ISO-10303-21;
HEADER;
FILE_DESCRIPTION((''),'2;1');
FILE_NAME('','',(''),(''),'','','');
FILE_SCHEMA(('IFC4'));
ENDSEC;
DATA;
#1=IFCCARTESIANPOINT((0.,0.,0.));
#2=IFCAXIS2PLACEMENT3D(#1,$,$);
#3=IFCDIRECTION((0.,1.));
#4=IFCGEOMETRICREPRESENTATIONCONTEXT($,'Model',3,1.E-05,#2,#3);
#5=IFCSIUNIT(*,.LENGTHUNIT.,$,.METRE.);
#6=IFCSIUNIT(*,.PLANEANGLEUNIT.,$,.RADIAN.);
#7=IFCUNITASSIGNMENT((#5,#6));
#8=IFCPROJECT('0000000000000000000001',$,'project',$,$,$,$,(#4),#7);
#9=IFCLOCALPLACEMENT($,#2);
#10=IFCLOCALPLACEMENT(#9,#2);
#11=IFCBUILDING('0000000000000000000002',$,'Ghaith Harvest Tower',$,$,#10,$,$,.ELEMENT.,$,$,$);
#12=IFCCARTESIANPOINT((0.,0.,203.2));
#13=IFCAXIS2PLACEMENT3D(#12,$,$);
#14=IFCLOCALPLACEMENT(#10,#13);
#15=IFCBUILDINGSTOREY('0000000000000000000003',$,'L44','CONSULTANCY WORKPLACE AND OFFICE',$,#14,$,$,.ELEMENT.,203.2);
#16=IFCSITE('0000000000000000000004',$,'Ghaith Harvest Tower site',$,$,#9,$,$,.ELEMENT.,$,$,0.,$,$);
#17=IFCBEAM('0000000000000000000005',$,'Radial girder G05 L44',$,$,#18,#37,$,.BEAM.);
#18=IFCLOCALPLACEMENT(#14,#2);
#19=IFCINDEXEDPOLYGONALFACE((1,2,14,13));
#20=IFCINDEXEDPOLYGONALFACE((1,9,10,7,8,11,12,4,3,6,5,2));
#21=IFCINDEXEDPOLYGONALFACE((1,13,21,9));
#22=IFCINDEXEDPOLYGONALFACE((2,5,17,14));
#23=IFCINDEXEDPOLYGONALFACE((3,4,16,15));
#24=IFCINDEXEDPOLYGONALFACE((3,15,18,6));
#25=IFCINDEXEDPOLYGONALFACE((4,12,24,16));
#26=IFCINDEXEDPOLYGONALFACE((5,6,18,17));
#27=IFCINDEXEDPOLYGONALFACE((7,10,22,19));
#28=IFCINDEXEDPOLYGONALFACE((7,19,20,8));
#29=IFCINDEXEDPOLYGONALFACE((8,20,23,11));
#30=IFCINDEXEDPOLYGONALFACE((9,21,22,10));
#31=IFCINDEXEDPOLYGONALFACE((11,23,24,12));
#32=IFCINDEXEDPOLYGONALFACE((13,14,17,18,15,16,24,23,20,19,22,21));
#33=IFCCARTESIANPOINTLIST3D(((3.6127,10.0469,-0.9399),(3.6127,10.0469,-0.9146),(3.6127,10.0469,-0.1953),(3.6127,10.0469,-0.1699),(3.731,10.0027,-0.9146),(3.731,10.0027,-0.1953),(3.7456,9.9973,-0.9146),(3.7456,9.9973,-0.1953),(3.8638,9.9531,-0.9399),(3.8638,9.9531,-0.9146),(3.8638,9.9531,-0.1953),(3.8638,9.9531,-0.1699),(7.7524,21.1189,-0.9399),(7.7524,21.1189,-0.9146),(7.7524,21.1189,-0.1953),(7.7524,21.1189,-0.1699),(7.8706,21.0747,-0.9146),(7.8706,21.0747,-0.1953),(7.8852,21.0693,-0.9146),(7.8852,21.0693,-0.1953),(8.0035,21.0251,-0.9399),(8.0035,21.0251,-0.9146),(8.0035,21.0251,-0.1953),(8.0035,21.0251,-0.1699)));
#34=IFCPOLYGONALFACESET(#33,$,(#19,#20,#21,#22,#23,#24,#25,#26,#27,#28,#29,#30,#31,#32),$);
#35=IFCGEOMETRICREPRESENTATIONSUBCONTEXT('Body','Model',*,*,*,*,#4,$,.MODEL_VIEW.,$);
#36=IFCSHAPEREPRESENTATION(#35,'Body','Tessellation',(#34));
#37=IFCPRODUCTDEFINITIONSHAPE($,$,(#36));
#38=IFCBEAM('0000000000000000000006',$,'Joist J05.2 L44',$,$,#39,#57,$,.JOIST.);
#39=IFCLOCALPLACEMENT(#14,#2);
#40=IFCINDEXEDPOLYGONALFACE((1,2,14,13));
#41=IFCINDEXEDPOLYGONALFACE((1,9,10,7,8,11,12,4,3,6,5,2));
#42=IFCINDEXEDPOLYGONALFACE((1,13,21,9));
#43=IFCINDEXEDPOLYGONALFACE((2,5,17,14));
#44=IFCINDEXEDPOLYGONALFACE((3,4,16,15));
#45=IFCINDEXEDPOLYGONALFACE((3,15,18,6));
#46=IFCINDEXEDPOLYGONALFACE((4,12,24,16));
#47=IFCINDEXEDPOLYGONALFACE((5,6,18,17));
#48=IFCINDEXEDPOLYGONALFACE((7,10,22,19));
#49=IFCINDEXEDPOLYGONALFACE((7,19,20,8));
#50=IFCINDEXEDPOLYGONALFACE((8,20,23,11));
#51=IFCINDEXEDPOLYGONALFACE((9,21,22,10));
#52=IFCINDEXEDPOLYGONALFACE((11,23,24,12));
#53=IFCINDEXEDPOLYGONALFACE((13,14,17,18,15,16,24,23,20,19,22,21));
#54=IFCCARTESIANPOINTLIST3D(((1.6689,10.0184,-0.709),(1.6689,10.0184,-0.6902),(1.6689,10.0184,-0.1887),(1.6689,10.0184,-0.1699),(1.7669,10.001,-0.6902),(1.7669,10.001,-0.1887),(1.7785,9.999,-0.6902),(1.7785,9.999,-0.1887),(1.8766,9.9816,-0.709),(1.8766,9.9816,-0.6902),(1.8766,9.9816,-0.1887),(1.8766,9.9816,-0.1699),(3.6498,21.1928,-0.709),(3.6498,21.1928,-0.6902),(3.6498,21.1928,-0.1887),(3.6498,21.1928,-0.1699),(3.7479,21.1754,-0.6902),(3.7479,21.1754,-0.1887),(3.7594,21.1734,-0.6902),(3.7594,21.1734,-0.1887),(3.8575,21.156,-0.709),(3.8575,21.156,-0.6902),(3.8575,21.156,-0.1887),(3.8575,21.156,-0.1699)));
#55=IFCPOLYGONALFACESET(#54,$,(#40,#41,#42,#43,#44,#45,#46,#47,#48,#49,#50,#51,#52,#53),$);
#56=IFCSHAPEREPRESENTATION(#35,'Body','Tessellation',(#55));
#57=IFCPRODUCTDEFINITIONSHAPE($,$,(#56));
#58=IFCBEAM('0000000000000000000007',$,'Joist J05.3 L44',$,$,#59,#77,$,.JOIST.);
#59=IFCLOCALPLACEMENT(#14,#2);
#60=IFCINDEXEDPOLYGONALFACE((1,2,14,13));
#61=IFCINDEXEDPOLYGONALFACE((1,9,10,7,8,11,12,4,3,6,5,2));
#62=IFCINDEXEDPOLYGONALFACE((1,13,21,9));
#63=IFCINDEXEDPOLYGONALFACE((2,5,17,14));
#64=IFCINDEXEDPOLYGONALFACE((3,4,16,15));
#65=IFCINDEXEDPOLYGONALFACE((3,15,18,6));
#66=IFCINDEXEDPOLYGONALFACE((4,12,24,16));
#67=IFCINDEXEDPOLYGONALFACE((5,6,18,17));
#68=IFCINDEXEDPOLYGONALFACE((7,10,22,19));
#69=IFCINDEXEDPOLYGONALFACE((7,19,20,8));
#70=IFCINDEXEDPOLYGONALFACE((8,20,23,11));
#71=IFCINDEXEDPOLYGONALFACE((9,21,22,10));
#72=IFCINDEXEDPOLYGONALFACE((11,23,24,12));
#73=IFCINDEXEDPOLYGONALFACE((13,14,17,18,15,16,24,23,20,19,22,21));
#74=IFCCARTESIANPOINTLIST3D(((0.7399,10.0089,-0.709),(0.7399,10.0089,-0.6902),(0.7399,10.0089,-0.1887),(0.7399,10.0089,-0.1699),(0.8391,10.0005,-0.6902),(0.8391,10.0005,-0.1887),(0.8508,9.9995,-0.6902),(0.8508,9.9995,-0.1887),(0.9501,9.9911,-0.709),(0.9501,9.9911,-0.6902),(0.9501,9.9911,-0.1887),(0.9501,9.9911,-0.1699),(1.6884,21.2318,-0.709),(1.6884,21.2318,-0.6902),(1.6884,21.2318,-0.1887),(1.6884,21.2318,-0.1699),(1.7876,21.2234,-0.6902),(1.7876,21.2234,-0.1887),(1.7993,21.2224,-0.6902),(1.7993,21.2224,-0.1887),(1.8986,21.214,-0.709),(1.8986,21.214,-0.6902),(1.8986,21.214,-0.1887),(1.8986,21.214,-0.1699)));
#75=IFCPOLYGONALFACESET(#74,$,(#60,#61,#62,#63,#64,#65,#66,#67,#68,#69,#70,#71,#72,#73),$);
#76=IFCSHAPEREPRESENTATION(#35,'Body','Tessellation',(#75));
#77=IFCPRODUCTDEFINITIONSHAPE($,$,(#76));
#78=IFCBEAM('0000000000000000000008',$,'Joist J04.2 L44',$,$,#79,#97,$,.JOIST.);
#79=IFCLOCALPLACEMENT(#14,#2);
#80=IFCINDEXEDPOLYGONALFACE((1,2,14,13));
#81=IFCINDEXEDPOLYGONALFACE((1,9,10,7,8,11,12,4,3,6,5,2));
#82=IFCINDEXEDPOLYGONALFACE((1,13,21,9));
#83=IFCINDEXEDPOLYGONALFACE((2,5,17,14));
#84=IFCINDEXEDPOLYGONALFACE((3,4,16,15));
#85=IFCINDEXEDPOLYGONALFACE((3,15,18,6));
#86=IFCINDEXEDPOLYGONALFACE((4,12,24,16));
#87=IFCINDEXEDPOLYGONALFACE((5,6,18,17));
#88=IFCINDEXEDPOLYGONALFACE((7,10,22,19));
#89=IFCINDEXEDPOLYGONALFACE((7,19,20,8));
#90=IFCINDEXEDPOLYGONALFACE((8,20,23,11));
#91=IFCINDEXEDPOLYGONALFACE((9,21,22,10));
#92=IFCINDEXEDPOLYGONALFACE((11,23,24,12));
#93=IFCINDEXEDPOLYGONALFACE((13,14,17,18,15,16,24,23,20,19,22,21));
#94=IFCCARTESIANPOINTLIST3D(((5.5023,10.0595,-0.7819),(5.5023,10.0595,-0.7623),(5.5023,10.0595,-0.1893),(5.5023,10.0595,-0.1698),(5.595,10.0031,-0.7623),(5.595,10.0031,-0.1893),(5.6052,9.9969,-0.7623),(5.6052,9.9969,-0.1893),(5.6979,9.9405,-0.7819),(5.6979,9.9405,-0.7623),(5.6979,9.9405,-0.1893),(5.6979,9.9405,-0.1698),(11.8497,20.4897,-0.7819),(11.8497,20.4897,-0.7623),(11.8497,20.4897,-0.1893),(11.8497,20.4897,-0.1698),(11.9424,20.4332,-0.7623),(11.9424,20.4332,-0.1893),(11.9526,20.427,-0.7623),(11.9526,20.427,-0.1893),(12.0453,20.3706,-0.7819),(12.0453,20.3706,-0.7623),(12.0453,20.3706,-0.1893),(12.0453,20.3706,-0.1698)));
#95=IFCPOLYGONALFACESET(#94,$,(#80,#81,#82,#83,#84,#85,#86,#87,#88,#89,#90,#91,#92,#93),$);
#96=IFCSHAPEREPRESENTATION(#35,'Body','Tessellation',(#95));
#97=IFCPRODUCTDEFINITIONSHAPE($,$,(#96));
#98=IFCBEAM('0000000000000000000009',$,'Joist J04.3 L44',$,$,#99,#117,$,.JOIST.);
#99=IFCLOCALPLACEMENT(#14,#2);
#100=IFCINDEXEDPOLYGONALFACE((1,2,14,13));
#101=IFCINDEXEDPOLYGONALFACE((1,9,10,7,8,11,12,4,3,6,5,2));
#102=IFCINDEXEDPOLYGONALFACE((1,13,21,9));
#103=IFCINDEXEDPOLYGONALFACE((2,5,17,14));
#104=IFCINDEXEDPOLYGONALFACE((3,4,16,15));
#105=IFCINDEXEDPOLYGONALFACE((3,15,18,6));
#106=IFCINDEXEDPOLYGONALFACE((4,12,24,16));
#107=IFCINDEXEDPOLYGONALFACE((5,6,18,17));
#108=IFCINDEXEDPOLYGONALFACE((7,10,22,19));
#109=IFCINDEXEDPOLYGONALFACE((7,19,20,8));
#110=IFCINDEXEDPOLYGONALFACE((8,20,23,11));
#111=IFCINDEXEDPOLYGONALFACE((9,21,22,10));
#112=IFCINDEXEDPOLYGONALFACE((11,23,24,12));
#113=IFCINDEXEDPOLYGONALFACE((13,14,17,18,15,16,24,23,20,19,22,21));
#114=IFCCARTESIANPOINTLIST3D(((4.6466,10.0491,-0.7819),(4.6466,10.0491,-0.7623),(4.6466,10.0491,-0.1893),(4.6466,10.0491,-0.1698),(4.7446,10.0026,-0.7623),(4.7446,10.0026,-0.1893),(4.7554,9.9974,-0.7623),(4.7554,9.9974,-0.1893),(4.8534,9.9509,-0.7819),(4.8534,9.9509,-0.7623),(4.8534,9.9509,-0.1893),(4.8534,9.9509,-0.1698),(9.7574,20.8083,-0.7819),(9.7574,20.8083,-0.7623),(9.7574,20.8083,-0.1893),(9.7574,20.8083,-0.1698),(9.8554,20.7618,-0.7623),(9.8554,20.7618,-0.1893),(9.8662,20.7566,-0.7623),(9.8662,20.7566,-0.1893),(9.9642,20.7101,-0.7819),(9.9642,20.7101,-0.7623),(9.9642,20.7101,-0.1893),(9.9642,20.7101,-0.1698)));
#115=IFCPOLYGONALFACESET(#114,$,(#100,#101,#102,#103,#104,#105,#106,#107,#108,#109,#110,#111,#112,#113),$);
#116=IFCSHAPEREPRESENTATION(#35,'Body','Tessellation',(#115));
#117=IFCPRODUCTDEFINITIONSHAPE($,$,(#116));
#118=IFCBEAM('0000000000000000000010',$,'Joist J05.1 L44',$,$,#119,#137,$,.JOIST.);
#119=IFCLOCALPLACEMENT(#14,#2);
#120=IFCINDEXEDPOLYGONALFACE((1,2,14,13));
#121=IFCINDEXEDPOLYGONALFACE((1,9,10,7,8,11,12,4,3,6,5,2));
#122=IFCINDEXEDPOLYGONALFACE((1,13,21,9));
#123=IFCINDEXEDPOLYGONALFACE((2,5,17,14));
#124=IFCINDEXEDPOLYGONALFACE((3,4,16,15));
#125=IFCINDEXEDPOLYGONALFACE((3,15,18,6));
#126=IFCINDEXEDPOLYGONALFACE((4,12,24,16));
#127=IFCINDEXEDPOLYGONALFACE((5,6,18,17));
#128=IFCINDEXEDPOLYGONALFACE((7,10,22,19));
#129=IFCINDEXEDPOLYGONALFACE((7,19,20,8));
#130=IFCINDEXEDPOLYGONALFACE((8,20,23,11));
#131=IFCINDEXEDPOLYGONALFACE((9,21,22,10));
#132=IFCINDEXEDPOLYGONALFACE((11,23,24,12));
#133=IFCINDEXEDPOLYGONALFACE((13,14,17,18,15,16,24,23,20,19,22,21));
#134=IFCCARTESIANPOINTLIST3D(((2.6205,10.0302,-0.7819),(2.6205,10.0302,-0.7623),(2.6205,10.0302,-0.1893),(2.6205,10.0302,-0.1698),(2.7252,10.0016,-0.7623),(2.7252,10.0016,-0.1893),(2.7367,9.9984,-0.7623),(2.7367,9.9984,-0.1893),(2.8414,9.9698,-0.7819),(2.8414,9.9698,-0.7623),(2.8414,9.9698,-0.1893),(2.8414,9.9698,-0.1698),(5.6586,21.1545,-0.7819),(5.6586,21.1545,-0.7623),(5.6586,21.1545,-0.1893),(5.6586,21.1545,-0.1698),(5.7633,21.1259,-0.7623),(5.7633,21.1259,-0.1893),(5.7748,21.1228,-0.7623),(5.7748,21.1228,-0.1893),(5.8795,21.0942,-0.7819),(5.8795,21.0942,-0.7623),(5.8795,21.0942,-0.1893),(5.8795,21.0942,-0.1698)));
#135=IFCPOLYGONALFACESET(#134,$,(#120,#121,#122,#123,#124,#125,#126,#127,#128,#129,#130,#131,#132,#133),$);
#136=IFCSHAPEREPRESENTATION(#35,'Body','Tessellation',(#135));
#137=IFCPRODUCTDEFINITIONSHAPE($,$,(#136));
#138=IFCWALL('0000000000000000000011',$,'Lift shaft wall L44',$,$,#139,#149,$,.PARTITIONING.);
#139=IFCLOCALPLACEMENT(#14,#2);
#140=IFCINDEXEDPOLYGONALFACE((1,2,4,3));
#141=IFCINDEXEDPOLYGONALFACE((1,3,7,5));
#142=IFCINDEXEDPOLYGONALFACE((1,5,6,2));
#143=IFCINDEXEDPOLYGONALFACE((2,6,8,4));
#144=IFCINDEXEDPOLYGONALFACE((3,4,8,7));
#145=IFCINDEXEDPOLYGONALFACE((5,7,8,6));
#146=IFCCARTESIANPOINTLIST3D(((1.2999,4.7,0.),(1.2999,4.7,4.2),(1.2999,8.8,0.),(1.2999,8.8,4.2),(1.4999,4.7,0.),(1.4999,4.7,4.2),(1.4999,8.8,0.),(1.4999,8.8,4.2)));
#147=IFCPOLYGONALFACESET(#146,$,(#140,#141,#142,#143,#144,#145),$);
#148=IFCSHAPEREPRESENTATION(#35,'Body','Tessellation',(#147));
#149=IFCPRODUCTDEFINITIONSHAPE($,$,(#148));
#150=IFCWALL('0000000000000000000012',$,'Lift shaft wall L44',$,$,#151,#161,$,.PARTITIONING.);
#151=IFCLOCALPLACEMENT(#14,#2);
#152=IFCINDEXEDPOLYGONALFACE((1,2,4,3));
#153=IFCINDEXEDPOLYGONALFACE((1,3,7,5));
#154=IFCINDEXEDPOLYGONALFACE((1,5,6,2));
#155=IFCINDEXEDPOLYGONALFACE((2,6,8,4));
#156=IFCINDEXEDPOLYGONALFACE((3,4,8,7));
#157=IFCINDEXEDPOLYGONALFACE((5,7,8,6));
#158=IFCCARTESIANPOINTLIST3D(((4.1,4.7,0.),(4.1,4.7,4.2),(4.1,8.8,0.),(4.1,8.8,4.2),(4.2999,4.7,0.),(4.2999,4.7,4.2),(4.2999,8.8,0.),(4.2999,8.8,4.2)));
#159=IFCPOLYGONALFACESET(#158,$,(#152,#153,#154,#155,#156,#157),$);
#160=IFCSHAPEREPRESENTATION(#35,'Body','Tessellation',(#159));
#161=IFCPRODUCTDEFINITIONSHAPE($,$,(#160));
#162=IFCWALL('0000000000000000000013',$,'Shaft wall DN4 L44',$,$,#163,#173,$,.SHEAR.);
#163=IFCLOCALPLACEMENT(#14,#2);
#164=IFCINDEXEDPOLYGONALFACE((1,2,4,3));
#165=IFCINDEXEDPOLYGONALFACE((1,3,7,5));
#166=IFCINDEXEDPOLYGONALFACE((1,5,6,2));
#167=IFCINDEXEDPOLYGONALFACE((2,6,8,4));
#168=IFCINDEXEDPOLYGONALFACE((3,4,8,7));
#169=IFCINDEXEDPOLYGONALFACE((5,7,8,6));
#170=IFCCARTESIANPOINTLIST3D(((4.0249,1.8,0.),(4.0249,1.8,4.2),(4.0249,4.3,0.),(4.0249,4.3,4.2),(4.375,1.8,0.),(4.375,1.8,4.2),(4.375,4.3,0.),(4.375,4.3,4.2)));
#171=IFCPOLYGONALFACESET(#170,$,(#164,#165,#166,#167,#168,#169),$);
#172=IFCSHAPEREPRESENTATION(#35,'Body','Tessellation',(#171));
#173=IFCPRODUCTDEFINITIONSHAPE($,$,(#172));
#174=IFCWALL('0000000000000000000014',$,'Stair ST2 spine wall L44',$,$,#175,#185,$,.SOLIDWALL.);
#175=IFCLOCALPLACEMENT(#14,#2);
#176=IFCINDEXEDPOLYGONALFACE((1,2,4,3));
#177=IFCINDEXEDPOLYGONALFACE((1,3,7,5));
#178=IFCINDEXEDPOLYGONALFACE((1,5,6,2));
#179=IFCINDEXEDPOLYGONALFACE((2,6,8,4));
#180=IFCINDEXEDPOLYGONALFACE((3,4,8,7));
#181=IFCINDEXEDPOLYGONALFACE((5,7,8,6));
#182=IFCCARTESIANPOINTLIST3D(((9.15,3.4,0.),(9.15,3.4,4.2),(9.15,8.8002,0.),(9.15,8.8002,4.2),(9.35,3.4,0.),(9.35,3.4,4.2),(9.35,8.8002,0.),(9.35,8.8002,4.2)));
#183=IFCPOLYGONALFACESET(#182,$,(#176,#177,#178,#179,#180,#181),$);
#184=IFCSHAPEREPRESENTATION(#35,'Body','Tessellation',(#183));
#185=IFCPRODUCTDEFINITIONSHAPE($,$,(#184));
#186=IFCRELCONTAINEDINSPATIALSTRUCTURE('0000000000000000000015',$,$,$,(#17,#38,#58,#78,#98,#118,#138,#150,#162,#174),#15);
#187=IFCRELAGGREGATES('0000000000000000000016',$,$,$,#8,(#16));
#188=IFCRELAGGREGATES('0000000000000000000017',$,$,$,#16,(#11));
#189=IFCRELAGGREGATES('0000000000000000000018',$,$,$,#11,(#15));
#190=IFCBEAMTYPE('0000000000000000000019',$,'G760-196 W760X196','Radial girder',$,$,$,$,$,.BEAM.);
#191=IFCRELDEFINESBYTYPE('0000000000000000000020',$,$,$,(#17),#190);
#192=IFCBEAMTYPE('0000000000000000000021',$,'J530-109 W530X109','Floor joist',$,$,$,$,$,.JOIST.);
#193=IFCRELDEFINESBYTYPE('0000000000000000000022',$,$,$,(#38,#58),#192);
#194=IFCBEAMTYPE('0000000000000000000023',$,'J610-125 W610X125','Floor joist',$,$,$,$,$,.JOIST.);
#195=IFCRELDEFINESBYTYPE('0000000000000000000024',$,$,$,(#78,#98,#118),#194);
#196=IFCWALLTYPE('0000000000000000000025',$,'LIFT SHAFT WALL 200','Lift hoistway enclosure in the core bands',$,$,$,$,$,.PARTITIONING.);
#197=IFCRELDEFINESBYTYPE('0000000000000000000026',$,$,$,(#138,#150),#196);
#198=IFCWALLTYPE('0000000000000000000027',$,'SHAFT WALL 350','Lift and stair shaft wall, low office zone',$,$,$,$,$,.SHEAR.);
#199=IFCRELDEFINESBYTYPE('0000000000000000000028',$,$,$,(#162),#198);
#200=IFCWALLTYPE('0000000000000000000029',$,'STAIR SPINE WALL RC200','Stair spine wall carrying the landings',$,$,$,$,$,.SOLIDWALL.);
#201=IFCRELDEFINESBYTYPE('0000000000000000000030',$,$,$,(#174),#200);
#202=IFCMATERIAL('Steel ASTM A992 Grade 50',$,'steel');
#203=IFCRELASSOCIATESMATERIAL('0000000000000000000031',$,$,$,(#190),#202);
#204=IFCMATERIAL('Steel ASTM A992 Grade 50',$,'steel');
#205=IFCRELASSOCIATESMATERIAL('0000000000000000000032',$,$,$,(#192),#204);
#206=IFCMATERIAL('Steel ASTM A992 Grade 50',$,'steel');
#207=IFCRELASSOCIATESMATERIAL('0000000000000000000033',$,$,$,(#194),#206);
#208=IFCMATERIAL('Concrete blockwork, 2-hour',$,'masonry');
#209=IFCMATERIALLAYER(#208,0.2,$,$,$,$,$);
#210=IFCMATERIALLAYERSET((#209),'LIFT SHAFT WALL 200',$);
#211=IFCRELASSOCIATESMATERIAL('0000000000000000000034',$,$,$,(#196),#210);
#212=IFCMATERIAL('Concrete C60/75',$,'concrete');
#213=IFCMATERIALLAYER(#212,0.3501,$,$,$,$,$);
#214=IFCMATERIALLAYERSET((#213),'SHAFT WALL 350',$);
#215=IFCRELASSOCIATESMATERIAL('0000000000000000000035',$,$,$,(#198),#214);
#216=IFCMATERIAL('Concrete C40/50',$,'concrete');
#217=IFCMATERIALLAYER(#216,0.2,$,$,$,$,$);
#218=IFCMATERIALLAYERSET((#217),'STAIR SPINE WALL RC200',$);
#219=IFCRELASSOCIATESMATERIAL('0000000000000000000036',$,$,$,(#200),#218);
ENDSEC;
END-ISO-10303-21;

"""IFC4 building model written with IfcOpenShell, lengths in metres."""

from ifc_helpers import new_model, si_unit, direction, frame, frame_2d, origin, origin_2d, place, context, subcontext, project, spatial, rectangle, i_section, extrude, material, layer, layer_set, material_profile, profile_set, type_object, element, save


model = new_model("IFC4")

# Units and contexts
model_context = context("Model", 3, precision=1e-05, world=origin(), true_north=direction((0.0, 1.0)))
body_context = subcontext(model_context, "Body", "Model", "MODEL_VIEW")
ifc_project = project(units=[si_unit("LENGTHUNIT", "METRE"), si_unit("PLANEANGLEUNIT", "RADIAN")], contexts=[model_context])

# Site, building, storey
site_placement = place(None, origin())
site = spatial("IfcSite", under=ifc_project, at=site_placement, Name="Ghaith Harvest Tower site", CompositionType="ELEMENT", RefElevation=0.0)
building_placement = place(site_placement, origin())
building = spatial("IfcBuilding", under=site, at=building_placement, Name="Ghaith Harvest Tower", CompositionType="ELEMENT")
storey_placement = place(building_placement, frame((0.0, 0.0, 203.2)))
storey = spatial("IfcBuildingStorey", under=building, at=storey_placement, Name="L44", Description="CONSULTANCY WORKPLACE AND OFFICE", CompositionType="ELEMENT", Elevation=203.2)

# Beams
ifc_material_1 = material(Name="Steel ASTM A992 Grade 50", Category="steel")
ifc_material_profile_1 = material_profile(ifc_material_1, i_section(OverallWidth=0.2681, OverallDepth=0.77, WebThickness=0.0156, FlangeThickness=0.0254, at=origin_2d()), Name="W760X196")
ifc_profile_set_1 = profile_set([ifc_material_profile_1], Name="Steel ASTM A992 Grade 50")
beam_type_1 = type_object("IfcBeamType", Name="G760-196 W760X196", Description="Radial girder", PredefinedType="BEAM", material=ifc_profile_set_1)
beam_1_placement = place(storey_placement, frame((3.7383, 10.0, -0.5549), z_axis=(0.350207, 0.936672, 0.0), x_axis=(-0.936672, 0.350207, 0.0)))
element("IfcBeam", 1, at=beam_1_placement, inside=storey, type_object=beam_type_1, Name="Radial girder G05 L44", PredefinedType="BEAM", context=body_context, shape_type="SweptSolid", body=[
    extrude(i_section(OverallWidth=0.2681, OverallDepth=0.77, WebThickness=0.0156, FlangeThickness=0.0254, at=origin_2d()), origin(), (0.0, 0.0, 1.0), 11.8206),
])
ifc_material_2 = material(Name="Steel ASTM A992 Grade 50", Category="steel")
ifc_material_profile_2 = material_profile(ifc_material_2, i_section(OverallWidth=0.2109, OverallDepth=0.5391, WebThickness=0.0117, FlangeThickness=0.0188, at=origin_2d()), Name="W530X109")
ifc_profile_set_2 = profile_set([ifc_material_profile_2], Name="Steel ASTM A992 Grade 50")
beam_type_2 = type_object("IfcBeamType", Name="J530-109 W530X109", Description="Floor joist", PredefinedType="JOIST", material=ifc_profile_set_2)
beam_2_placement = place(storey_placement, frame((1.7727, 10.0, -0.4395), z_axis=(0.174556, 0.984647, 0.0), x_axis=(-0.984647, 0.174556, 0.0)))
element("IfcBeam", 2, at=beam_2_placement, inside=storey, type_object=beam_type_2, Name="Joist J05.2 L44", PredefinedType="JOIST", context=body_context, shape_type="SweptSolid", body=[
    extrude(i_section(OverallWidth=0.2109, OverallDepth=0.5391, WebThickness=0.0117, FlangeThickness=0.0188, at=origin_2d()), origin(), (0.0, 0.0, 1.0), 11.3486),
])
beam_3_placement = place(storey_placement, frame((0.845, 10.0, -0.4395), z_axis=(0.084213, 0.996448, 0.0), x_axis=(-0.996448, 0.084213, 0.0)))
element("IfcBeam", 3, at=beam_3_placement, inside=storey, type_object=beam_type_2, Name="Joist J05.3 L44", PredefinedType="JOIST", context=body_context, shape_type="SweptSolid", body=[
    extrude(i_section(OverallWidth=0.2109, OverallDepth=0.5391, WebThickness=0.0117, FlangeThickness=0.0188, at=origin_2d()), origin(), (0.0, 0.0, 1.0), 11.2629),
])
ifc_material_3 = material(Name="Steel ASTM A992 Grade 50", Category="steel")
ifc_material_profile_3 = material_profile(ifc_material_3, i_section(OverallWidth=0.229, OverallDepth=0.6121, WebThickness=0.012, FlangeThickness=0.0195, at=origin_2d()), Name="W610X125")
ifc_profile_set_3 = profile_set([ifc_material_profile_3], Name="Steel ASTM A992 Grade 50")
beam_type_3 = type_object("IfcBeamType", Name="J610-125 W610X125", Description="Floor joist", PredefinedType="JOIST", material=ifc_profile_set_3)
beam_4_placement = place(storey_placement, frame((5.6001, 10.0, -0.4758), z_axis=(0.519864, 0.854249, 0.0), x_axis=(-0.854249, 0.519864, 0.0)))
element("IfcBeam", 4, at=beam_4_placement, inside=storey, type_object=beam_type_3, Name="Joist J04.2 L44", PredefinedType="JOIST", context=body_context, shape_type="SweptSolid", body=[
    extrude(i_section(OverallWidth=0.229, OverallDepth=0.6121, WebThickness=0.012, FlangeThickness=0.0195, at=origin_2d()), origin(), (0.0, 0.0, 1.0), 12.2097),
])
beam_5_placement = place(storey_placement, frame((4.75, 10.0, -0.4758), z_axis=(0.429069, 0.903272, 0.0), x_axis=(-0.903272, 0.429069, 0.0)))
element("IfcBeam", 5, at=beam_5_placement, inside=storey, type_object=beam_type_3, Name="Joist J04.3 L44", PredefinedType="JOIST", context=body_context, shape_type="SweptSolid", body=[
    extrude(i_section(OverallWidth=0.229, OverallDepth=0.6121, WebThickness=0.012, FlangeThickness=0.0195, at=origin_2d()), origin(), (0.0, 0.0, 1.0), 11.9114),
])
beam_6_placement = place(storey_placement, frame((2.731, 10.0, -0.4758), z_axis=(0.263456, 0.964671, 0.0), x_axis=(-0.964671, 0.263456, 0.0)))
element("IfcBeam", 6, at=beam_6_placement, inside=storey, type_object=beam_type_3, Name="Joist J05.1 L44", PredefinedType="JOIST", context=body_context, shape_type="SweptSolid", body=[
    extrude(i_section(OverallWidth=0.229, OverallDepth=0.6121, WebThickness=0.012, FlangeThickness=0.0195, at=origin_2d()), origin(), (0.0, 0.0, 1.0), 11.5317),
])

# Walls
ifc_material_4 = material(Name="Concrete blockwork, 2-hour", Category="masonry")
ifc_layer_1 = layer(ifc_material_4, 0.2)
ifc_layer_set_1 = layer_set([ifc_layer_1], Name="LIFT SHAFT WALL 200")
wall_type_1 = type_object("IfcWallType", Name="LIFT SHAFT WALL 200", Description="Lift hoistway enclosure in the core bands", PredefinedType="PARTITIONING", material=ifc_layer_set_1)
for number, where, z_axis, x_axis, name in (
    (7, (1.3999, 4.7, 0.0), (0.0, 0.0, 1.0), (0.0, 1.0, 0.0), "Lift shaft wall L44"),
    (8, (4.2, 4.7, 0.0), (0.0, 0.0, 1.0), (0.0, 1.0, 0.0), "Lift shaft wall L44"),
):
    element("IfcWall", number, at=place(storey_placement, frame(where, z_axis=z_axis, x_axis=x_axis)), inside=storey, type_object=wall_type_1, Name=name, PredefinedType="PARTITIONING", context=body_context, shape_type="SweptSolid", body=[
        extrude(rectangle(XDim=4.1001, YDim=0.2, at=frame_2d((2.05, 0.0))), origin(), (0.0, 0.0, 1.0), 4.2),
    ])

# Shared definitions
ifc_material_5 = material(Name="Concrete C60/75", Category="concrete")
ifc_layer_2 = layer(ifc_material_5, 0.3501)
ifc_layer_set_2 = layer_set([ifc_layer_2], Name="SHAFT WALL 350")
wall_type_2 = type_object("IfcWallType", Name="SHAFT WALL 350", Description="Lift and stair shaft wall, low office zone", PredefinedType="SHEAR", material=ifc_layer_set_2)

# Walls
wall_1_placement = place(storey_placement, frame((4.2, 1.8, 0.0), z_axis=(0.0, 0.0, 1.0), x_axis=(0.0, 1.0, 0.0)))
element("IfcWall", 9, at=wall_1_placement, inside=storey, type_object=wall_type_2, Name="Shaft wall DN4 L44", PredefinedType="SHEAR", context=body_context, shape_type="SweptSolid", body=[
    extrude(rectangle(XDim=2.5, YDim=0.3501, at=frame_2d((1.25, 0.0))), origin(), (0.0, 0.0, 1.0), 4.2),
])
ifc_material_6 = material(Name="Concrete C40/50", Category="concrete")
ifc_layer_3 = layer(ifc_material_6, 0.2)
ifc_layer_set_3 = layer_set([ifc_layer_3], Name="STAIR SPINE WALL RC200")
wall_type_3 = type_object("IfcWallType", Name="STAIR SPINE WALL RC200", Description="Stair spine wall carrying the landings", PredefinedType="SOLIDWALL", material=ifc_layer_set_3)
wall_2_placement = place(storey_placement, frame((9.25, 3.3999, 0.0), z_axis=(0.0, 0.0, 1.0), x_axis=(0.0, 1.0, 0.0)))
element("IfcWall", 10, at=wall_2_placement, inside=storey, type_object=wall_type_3, Name="Stair ST2 spine wall L44", PredefinedType="SOLIDWALL", context=body_context, shape_type="SweptSolid", body=[
    extrude(rectangle(XDim=5.4001, YDim=0.2, at=frame_2d((2.7002, 0.0))), origin(), (0.0, 0.0, 1.0), 4.2),
])

save(model, "model.ifc")
